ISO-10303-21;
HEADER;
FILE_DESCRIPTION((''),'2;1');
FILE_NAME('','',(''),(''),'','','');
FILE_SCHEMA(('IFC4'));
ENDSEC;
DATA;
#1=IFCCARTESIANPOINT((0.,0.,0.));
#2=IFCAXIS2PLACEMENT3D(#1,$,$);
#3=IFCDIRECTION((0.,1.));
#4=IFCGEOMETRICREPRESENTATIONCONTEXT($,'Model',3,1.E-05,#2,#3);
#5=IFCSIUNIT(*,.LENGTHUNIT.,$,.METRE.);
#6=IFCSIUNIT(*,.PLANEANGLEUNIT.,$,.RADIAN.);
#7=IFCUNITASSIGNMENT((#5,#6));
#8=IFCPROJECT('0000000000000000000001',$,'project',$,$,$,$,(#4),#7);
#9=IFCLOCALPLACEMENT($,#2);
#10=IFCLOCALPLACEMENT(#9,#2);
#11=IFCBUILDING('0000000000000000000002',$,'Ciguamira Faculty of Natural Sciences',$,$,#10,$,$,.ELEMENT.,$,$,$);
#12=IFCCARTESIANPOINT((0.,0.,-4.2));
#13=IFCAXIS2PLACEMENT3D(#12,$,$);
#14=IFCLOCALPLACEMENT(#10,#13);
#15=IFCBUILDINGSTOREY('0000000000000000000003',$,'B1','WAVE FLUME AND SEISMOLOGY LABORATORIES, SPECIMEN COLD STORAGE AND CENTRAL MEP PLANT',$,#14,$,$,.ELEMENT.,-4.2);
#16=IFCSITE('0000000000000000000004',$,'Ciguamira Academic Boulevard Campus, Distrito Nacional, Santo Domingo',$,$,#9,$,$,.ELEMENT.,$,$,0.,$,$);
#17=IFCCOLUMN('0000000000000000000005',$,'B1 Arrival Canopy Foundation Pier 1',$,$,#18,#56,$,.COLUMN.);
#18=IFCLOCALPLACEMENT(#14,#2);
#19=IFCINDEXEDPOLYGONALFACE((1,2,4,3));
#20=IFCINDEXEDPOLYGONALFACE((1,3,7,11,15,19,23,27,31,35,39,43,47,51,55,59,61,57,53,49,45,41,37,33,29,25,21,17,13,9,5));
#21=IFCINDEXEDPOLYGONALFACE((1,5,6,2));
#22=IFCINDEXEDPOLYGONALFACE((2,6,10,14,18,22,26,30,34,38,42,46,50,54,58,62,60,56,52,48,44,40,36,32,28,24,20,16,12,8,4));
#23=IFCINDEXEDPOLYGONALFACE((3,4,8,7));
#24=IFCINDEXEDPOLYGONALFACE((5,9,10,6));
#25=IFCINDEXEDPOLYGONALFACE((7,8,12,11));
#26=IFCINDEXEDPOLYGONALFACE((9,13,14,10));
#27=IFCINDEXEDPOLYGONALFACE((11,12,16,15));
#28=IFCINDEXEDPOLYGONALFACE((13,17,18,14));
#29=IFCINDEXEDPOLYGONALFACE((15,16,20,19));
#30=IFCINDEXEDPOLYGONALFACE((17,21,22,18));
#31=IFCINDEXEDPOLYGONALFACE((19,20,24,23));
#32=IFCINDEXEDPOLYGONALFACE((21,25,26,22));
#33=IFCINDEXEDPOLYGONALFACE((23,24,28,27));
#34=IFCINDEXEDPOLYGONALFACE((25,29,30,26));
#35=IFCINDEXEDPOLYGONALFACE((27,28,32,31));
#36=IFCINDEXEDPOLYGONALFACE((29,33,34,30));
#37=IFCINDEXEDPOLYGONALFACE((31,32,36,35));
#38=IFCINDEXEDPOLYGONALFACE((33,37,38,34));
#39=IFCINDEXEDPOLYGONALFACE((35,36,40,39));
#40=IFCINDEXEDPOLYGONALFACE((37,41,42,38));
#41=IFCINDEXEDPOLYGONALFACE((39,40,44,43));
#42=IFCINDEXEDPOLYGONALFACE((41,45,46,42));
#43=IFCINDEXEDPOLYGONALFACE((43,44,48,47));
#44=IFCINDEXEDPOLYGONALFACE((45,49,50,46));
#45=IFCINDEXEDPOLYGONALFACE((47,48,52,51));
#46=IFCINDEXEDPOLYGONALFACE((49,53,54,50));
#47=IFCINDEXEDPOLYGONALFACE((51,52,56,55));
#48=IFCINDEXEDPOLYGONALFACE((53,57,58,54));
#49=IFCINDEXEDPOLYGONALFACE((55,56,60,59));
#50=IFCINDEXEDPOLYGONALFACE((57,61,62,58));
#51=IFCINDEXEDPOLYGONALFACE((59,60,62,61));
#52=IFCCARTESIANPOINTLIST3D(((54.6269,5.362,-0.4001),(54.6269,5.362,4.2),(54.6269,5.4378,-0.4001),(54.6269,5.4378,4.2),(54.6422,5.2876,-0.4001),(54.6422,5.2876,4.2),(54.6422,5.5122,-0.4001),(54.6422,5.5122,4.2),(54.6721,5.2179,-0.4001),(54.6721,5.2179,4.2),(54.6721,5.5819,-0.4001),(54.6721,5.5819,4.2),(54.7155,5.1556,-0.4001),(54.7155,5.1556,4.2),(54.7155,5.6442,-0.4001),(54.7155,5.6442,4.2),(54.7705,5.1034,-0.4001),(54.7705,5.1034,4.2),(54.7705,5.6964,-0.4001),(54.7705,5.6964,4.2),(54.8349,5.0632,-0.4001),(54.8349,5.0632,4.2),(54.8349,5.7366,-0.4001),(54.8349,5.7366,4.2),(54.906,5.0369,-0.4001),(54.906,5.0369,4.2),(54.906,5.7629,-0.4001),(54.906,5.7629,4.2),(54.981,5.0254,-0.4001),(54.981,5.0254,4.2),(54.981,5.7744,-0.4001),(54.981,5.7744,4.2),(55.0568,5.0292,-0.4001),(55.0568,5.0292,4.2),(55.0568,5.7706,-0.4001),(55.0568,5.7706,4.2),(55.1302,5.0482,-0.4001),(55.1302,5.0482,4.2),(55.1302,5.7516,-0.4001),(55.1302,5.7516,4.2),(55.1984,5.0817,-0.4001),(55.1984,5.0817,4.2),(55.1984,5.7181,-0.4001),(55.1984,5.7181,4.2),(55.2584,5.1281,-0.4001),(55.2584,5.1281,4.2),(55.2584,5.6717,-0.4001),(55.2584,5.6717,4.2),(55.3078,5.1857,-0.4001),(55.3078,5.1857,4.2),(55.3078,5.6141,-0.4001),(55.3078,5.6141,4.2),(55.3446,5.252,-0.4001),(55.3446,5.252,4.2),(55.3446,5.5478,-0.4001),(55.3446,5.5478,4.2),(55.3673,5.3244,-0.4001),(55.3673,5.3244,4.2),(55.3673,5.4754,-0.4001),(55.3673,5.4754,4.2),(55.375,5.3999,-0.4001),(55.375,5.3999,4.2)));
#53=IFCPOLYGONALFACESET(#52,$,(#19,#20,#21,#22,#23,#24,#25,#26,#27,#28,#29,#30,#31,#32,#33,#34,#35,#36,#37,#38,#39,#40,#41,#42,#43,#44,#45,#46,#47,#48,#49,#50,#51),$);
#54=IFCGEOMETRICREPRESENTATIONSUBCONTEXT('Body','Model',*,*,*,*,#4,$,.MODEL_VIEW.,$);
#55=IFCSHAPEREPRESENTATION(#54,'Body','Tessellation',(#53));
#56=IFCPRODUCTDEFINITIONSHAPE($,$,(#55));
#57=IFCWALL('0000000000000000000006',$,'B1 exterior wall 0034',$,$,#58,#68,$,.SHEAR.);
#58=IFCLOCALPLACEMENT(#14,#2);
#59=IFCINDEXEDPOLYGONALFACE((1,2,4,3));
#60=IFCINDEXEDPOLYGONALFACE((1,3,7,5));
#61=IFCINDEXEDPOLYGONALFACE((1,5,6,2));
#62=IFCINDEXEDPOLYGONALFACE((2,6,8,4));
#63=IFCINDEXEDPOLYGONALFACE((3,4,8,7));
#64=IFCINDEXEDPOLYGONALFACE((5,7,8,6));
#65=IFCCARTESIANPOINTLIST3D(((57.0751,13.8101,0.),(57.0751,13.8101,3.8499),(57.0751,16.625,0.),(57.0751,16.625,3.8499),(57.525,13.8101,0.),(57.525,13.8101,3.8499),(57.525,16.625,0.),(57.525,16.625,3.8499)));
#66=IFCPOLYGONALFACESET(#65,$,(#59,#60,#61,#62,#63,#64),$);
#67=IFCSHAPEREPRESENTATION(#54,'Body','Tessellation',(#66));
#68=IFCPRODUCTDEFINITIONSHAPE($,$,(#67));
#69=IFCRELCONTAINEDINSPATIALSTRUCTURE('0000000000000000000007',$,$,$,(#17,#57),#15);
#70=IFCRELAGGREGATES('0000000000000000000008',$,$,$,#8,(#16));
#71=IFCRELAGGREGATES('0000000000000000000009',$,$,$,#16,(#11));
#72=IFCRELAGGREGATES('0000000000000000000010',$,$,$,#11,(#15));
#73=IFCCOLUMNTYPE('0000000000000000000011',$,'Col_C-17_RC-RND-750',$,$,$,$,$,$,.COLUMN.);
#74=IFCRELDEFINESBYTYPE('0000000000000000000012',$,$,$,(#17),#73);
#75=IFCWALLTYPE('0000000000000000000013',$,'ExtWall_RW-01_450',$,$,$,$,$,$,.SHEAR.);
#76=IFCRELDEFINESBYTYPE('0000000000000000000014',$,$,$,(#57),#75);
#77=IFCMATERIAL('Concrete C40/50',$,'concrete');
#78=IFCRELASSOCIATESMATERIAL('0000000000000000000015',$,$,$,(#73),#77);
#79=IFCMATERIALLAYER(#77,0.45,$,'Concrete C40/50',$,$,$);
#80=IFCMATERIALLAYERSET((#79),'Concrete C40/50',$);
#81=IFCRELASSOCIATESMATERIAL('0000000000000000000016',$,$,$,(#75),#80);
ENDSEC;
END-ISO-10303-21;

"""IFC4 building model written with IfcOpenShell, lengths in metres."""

from ifc_helpers import new_model, si_unit, direction, frame, frame_2d, origin, origin_2d, place, context, subcontext, project, spatial, rectangle, circle, extrude, material, layer, layer_set, material_profile, profile_set, type_object, element, save


model = new_model("IFC4")

# Units and contexts
model_context = context("Model", 3, precision=1e-05, world=origin(), true_north=direction((0.0, 1.0)))
body_context = subcontext(model_context, "Body", "Model", "MODEL_VIEW")
ifc_project = project(units=[si_unit("LENGTHUNIT", "METRE"), si_unit("PLANEANGLEUNIT", "RADIAN")], contexts=[model_context])

# Site, building, storey
site_placement = place(None, origin())
site = spatial("IfcSite", under=ifc_project, at=site_placement, Name="Ciguamira Academic Boulevard Campus, Distrito Nacional, Santo Domingo", CompositionType="ELEMENT", RefElevation=0.0)
building_placement = place(site_placement, origin())
building = spatial("IfcBuilding", under=site, at=building_placement, Name="Ciguamira Faculty of Natural Sciences", CompositionType="ELEMENT")
storey_placement = place(building_placement, frame((0.0, 0.0, -4.2)))
storey = spatial("IfcBuildingStorey", under=building, at=storey_placement, Name="B1", Description="WAVE FLUME AND SEISMOLOGY LABORATORIES, SPECIMEN COLD STORAGE AND CENTRAL MEP PLANT", CompositionType="ELEMENT", Elevation=-4.2)

# Column
ifc_material_1 = material(Name="Concrete C40/50", Category="concrete")
ifc_material_profile_1 = material_profile(ifc_material_1, circle(Radius=0.375, at=origin_2d()), Name="RC-RND-750")
ifc_profile_set_1 = profile_set([ifc_material_profile_1], Name="Concrete C40/50")
column_type_1 = type_object("IfcColumnType", Name="Col_C-17_RC-RND-750", PredefinedType="COLUMN", material=ifc_profile_set_1)
column_placement = place(storey_placement, frame((55.0, 5.3999, -0.4001), z_axis=(0.0, 0.0, 1.0), x_axis=(1.0, 0.0, 0.0)))
element("IfcColumn", 1, at=column_placement, inside=storey, type_object=column_type_1, Name="B1 Arrival Canopy Foundation Pier 1", PredefinedType="COLUMN", context=body_context, shape_type="SweptSolid", body=[
    extrude(circle(Radius=0.375, at=origin_2d()), origin(), (0.0, 0.0, 1.0), 4.6001),
])

# Wall
ifc_layer = layer(ifc_material_1, 0.45, Name="Concrete C40/50")
ifc_layer_set = layer_set([ifc_layer], Name="Concrete C40/50")
wall_type = type_object("IfcWallType", Name="ExtWall_RW-01_450", PredefinedType="SHEAR", material=ifc_layer_set)
wall_placement = place(storey_placement, frame((57.3, 13.8101, 0.0), z_axis=(0.0, 0.0, 1.0), x_axis=(0.0, 1.0, 0.0)))
element("IfcWall", 2, at=wall_placement, inside=storey, type_object=wall_type, Name="B1 exterior wall 0034", PredefinedType="SHEAR", context=body_context, shape_type="SweptSolid", body=[
    extrude(rectangle(XDim=2.8149, YDim=0.45, at=frame_2d((1.4075, 0.0))), origin(), (0.0, 0.0, 1.0), 3.8499),
])

save(model, "model.ifc")
